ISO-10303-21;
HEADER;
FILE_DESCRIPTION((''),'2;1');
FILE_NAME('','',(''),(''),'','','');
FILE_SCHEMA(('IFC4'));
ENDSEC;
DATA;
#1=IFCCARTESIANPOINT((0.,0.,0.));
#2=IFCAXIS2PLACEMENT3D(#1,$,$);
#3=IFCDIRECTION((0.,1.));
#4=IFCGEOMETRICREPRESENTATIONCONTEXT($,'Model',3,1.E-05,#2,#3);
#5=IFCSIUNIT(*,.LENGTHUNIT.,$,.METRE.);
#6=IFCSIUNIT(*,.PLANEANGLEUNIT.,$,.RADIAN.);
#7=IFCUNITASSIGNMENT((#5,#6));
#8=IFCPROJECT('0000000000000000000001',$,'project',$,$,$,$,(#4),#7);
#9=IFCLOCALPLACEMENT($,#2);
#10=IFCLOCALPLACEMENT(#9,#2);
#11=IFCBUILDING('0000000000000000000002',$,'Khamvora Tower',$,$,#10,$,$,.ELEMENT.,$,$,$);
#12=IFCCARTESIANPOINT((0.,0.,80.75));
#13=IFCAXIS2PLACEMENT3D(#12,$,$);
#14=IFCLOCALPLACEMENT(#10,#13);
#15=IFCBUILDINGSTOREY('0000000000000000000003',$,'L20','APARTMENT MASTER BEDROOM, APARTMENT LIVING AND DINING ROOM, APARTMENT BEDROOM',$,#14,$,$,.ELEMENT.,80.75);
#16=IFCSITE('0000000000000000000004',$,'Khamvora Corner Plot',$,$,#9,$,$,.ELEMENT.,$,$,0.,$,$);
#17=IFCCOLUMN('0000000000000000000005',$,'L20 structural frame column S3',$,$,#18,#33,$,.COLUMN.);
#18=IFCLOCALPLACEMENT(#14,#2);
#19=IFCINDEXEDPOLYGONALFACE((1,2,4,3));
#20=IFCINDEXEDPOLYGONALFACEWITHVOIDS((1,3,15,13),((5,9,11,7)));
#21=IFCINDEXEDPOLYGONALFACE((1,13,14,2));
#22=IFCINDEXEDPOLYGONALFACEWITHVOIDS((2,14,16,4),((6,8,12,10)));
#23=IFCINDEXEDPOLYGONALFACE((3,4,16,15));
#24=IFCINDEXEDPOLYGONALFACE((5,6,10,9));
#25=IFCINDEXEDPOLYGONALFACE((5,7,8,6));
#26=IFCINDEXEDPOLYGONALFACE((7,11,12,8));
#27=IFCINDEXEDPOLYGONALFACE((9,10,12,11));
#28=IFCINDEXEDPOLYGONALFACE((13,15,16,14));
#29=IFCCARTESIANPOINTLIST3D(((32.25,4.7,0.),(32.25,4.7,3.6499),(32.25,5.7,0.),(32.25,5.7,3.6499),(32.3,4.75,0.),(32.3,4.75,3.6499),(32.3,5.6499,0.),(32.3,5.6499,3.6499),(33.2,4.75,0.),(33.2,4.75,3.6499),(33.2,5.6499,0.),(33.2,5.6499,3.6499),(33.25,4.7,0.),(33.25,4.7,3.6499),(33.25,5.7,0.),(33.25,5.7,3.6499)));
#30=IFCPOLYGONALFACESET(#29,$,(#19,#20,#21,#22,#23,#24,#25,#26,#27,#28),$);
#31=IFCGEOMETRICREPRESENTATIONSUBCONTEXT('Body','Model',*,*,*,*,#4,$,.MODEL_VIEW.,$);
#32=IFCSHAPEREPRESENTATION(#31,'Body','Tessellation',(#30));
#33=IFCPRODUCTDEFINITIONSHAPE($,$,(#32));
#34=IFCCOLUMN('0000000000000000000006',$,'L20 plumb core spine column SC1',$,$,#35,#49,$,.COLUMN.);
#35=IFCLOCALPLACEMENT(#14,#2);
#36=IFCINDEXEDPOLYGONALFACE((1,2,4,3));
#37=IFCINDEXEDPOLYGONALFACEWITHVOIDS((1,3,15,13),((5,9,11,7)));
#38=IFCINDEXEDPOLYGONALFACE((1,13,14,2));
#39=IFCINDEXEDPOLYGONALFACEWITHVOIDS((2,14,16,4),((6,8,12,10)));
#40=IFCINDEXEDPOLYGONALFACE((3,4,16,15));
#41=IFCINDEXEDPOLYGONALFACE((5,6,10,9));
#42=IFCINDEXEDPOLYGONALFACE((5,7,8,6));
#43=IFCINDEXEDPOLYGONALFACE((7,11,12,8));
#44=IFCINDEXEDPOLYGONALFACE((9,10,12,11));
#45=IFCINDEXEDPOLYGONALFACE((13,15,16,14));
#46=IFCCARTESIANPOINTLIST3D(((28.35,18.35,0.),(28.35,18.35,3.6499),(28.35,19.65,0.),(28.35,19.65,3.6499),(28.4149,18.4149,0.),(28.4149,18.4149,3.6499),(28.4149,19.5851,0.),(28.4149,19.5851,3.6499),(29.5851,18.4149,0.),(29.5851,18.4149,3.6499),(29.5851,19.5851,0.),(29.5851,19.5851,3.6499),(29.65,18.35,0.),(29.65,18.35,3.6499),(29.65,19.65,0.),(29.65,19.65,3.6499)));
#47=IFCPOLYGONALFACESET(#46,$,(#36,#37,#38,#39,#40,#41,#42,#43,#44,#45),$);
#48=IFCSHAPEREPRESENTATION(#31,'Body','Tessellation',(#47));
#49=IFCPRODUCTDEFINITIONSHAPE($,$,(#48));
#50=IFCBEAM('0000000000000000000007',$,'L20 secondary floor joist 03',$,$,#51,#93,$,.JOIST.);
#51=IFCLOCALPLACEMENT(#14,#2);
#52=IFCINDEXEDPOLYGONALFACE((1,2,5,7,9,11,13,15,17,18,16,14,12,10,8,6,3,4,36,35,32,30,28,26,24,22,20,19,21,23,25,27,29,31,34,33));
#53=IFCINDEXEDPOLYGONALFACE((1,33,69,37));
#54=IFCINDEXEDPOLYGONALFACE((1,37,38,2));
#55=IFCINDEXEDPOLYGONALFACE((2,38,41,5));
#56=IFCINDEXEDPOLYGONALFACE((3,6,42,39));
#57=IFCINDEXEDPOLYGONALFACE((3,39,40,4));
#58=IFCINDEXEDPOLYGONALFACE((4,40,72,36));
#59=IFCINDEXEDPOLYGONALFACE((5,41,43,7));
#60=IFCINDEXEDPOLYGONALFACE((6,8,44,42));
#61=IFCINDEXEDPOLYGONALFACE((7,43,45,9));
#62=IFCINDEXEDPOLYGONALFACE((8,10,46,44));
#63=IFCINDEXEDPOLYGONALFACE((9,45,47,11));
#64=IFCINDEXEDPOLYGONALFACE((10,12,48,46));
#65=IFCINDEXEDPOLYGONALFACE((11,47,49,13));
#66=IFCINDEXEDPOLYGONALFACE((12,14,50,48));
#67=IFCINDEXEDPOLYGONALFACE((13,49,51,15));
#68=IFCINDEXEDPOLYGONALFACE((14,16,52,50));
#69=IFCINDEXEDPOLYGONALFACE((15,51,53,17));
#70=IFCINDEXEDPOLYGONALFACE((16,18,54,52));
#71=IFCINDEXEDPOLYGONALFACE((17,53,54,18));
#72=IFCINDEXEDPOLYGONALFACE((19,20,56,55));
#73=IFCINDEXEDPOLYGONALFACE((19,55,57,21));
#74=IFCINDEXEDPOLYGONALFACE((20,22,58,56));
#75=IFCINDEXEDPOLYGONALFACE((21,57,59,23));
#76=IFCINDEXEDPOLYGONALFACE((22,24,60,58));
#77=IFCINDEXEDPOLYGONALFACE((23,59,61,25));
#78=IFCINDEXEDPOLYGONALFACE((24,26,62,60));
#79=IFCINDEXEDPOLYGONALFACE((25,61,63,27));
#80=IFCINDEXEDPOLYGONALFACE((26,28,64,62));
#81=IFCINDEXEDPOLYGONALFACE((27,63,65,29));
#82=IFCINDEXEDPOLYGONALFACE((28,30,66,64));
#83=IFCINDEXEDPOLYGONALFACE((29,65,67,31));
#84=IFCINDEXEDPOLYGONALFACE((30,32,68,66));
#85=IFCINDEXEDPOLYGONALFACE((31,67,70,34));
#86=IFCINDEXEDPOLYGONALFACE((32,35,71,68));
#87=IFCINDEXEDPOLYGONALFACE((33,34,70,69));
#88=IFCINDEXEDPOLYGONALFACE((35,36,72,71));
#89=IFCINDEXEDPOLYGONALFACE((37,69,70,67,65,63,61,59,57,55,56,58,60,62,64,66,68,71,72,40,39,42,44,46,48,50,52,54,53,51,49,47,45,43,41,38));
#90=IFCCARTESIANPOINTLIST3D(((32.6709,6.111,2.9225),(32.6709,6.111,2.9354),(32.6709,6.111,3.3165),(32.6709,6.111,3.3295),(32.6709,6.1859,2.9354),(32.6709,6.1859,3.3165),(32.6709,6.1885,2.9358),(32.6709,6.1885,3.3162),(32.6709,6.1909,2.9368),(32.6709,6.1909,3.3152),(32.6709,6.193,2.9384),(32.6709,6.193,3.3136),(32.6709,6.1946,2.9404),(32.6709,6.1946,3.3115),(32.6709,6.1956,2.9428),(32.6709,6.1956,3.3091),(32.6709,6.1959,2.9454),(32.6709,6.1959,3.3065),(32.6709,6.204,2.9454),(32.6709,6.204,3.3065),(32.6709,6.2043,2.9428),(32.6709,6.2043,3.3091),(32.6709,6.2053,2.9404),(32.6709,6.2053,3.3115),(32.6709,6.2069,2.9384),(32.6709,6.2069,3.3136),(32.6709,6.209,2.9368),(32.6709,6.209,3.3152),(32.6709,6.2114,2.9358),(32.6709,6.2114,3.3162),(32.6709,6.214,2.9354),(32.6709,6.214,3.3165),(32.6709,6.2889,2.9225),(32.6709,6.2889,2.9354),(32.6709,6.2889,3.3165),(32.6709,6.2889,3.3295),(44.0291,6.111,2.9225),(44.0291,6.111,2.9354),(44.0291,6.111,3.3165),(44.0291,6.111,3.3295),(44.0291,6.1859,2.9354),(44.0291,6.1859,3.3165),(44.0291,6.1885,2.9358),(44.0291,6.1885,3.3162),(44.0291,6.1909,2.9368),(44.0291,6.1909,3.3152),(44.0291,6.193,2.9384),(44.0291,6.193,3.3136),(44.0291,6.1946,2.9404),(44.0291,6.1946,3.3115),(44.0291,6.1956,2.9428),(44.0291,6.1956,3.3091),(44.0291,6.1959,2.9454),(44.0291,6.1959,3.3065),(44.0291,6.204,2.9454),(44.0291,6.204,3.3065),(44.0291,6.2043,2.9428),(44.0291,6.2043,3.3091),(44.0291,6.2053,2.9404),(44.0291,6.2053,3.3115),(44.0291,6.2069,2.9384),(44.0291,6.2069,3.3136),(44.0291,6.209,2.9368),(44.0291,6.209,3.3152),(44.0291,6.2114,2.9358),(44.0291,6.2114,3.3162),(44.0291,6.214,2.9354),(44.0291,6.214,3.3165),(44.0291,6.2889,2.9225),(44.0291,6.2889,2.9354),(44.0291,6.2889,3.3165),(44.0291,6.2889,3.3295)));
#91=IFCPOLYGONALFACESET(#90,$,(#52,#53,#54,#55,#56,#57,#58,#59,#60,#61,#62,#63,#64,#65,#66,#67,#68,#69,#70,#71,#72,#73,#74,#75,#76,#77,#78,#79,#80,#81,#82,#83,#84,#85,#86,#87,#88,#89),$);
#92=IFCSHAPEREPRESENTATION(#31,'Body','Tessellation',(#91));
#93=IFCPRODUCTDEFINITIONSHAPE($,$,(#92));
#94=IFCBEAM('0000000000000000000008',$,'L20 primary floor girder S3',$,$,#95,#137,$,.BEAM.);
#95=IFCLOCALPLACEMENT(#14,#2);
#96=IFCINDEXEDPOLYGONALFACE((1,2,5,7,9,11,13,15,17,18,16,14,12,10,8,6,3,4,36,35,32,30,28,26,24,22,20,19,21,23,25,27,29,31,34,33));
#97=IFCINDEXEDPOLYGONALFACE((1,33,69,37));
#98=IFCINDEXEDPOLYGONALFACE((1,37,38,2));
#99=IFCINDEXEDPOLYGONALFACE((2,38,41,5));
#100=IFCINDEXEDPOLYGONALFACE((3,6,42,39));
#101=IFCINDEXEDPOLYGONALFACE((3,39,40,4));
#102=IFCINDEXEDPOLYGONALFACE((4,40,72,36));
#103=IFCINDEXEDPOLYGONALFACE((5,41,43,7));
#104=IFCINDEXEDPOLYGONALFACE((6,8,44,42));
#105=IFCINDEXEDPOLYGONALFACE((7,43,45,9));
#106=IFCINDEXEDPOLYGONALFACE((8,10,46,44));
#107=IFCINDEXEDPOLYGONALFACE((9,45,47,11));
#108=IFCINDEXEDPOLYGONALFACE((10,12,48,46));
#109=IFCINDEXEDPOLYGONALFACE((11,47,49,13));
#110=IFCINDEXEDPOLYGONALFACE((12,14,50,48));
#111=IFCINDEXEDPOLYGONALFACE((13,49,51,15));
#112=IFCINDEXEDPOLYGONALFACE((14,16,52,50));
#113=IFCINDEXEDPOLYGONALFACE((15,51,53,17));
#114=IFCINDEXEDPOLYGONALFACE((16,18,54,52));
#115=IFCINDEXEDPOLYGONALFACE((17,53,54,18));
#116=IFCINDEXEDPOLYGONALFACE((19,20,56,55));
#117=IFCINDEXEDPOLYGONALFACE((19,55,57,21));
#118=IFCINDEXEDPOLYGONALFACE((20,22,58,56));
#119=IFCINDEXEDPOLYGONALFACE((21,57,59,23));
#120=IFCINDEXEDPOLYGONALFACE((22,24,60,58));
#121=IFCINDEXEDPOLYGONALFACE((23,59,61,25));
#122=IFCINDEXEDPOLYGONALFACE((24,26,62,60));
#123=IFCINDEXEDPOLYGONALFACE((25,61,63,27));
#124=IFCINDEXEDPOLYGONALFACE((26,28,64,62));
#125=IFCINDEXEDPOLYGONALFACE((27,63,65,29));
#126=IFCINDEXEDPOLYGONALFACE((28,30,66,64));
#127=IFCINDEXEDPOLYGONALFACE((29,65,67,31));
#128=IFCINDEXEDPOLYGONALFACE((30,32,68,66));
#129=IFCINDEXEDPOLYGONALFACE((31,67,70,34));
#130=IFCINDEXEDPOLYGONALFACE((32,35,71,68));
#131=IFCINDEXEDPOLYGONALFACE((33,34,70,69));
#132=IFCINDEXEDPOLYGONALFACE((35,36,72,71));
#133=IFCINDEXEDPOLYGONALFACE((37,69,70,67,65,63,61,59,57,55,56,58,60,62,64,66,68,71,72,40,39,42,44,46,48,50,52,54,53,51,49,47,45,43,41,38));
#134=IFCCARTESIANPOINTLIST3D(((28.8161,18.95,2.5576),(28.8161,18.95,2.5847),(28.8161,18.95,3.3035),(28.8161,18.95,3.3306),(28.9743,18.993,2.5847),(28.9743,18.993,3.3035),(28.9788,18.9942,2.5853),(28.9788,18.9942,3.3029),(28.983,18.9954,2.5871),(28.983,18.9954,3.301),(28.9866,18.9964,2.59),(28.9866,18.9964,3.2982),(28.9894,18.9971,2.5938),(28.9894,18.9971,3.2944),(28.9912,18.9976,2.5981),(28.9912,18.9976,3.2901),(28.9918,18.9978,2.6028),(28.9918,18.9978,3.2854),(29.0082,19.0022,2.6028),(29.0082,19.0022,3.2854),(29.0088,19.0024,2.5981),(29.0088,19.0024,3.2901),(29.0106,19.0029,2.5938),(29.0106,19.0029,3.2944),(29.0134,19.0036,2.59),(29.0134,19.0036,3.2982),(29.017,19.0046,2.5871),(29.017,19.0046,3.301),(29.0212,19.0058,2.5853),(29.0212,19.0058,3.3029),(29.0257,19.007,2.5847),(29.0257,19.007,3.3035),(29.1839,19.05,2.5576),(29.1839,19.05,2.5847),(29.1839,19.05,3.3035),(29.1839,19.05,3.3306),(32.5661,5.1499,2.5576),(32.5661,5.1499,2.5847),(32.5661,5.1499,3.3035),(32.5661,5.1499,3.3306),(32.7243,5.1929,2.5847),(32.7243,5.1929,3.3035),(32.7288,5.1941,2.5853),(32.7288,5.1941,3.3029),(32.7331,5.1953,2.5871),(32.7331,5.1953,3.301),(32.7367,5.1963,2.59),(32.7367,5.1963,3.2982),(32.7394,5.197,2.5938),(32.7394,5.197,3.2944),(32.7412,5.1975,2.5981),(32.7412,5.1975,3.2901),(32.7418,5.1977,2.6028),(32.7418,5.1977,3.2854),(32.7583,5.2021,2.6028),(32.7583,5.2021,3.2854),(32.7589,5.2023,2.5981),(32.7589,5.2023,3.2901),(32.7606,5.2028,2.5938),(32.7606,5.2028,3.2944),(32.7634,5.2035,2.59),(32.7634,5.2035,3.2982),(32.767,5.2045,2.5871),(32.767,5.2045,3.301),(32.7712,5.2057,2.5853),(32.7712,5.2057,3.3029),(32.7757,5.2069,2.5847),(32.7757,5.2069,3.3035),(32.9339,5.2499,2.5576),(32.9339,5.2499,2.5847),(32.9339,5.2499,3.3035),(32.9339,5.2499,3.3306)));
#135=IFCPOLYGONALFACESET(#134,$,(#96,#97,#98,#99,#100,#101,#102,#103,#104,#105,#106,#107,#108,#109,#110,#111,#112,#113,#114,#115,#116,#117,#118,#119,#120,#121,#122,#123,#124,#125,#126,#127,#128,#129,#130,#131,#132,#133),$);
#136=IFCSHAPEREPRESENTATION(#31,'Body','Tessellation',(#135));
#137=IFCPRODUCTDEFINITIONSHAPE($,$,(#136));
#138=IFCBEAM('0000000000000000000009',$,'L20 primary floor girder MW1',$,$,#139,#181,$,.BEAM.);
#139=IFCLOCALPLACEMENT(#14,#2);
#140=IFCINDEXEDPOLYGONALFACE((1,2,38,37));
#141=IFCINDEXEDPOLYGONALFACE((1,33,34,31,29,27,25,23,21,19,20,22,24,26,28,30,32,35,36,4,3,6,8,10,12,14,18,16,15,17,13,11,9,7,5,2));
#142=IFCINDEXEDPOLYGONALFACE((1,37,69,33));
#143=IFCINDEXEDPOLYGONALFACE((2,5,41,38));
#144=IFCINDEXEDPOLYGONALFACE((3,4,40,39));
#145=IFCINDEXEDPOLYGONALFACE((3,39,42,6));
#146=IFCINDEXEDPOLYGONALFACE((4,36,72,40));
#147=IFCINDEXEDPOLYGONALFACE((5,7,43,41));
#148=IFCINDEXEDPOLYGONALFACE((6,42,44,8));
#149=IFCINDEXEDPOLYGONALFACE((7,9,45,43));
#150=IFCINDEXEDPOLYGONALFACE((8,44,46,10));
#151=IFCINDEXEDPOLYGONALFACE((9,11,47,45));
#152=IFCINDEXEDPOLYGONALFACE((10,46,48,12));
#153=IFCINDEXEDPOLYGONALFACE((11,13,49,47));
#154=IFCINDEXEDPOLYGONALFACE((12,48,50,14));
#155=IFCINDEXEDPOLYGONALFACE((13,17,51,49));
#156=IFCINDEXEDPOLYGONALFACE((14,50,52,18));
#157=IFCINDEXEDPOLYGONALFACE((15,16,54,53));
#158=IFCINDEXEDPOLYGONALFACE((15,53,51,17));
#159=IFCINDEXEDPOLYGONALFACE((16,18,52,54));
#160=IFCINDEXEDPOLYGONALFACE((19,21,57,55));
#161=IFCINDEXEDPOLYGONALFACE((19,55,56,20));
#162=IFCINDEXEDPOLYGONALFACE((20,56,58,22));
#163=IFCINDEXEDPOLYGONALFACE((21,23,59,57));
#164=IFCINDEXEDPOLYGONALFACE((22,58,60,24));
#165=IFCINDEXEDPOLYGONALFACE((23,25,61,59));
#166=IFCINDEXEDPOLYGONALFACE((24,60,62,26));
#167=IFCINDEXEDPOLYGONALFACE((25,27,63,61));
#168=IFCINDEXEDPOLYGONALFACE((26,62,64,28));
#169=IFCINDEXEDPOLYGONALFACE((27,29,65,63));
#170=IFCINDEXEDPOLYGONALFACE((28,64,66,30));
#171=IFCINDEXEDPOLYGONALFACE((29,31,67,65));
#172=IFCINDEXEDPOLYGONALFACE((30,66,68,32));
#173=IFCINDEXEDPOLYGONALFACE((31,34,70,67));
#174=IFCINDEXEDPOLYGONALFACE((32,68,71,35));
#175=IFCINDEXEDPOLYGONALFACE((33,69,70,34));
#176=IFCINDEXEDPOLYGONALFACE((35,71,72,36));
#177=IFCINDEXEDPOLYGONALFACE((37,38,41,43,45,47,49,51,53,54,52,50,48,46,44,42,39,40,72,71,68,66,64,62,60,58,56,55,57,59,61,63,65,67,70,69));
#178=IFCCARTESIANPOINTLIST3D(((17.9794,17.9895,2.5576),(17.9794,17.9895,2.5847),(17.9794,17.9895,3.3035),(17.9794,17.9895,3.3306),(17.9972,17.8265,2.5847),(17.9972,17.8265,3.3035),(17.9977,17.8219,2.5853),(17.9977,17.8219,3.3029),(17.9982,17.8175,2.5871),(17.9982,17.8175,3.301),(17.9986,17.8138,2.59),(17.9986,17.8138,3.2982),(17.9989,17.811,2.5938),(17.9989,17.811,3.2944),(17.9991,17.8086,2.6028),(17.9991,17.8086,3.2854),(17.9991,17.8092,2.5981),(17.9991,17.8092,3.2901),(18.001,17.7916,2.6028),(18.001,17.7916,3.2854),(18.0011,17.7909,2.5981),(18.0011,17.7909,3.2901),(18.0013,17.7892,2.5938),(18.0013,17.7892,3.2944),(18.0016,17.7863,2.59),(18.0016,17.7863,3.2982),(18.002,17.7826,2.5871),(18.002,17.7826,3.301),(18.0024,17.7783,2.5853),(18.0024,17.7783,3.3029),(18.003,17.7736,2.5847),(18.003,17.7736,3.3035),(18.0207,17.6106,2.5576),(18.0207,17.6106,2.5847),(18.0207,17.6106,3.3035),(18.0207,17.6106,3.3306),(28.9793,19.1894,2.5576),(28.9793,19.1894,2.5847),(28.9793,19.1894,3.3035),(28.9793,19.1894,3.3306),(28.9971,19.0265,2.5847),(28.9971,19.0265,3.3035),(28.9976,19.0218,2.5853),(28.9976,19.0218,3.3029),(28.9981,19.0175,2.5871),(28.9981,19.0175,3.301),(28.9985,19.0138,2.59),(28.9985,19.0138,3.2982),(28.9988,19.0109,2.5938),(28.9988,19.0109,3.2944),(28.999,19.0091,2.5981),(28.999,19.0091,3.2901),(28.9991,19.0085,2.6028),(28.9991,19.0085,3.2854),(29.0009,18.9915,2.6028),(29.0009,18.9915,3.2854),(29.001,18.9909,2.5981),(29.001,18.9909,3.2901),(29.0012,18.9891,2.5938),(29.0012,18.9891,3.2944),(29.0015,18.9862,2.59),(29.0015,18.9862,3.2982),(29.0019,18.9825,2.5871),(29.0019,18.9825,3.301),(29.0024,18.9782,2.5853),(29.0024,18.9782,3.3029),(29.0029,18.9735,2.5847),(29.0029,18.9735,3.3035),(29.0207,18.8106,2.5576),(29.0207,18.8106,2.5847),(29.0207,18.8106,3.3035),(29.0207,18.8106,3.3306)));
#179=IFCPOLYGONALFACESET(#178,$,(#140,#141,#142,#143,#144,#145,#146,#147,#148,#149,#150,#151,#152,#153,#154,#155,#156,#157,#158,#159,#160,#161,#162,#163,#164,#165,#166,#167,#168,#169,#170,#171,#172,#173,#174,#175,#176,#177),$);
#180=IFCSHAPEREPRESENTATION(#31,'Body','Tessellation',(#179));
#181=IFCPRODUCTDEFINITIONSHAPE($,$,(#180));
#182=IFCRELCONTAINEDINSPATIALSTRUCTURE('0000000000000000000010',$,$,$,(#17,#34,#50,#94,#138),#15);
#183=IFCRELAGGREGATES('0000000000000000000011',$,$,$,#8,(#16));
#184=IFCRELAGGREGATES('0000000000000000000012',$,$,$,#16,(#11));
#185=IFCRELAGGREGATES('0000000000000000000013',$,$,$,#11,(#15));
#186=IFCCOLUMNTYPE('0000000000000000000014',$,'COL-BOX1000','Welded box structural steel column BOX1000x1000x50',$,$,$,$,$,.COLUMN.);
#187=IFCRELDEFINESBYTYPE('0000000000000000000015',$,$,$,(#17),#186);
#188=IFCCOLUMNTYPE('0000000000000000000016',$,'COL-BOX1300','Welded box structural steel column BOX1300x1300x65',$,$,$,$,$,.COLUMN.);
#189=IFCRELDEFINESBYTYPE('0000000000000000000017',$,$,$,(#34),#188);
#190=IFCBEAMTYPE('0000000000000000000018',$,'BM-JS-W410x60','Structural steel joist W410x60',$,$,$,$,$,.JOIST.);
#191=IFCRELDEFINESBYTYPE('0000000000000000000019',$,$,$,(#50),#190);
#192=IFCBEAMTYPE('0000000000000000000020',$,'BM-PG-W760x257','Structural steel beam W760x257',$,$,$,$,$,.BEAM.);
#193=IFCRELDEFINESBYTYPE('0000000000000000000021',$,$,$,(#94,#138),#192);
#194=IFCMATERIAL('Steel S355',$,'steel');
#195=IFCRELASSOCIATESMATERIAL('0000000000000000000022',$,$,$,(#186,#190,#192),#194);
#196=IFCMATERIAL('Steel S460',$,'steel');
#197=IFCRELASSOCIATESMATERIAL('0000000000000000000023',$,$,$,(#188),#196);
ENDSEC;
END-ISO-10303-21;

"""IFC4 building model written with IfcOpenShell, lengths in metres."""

from ifc_helpers import new_model, si_unit, direction, frame, origin, origin_2d, place, context, subcontext, project, spatial, hollow_rectangle, i_section, extrude, material, material_profile, profile_set, type_object, element, save


model = new_model("IFC4")

# Units and contexts
model_context = context("Model", 3, precision=1e-05, world=origin(), true_north=direction((0.0, 1.0)))
body_context = subcontext(model_context, "Body", "Model", "MODEL_VIEW")
ifc_project = project(units=[si_unit("LENGTHUNIT", "METRE"), si_unit("PLANEANGLEUNIT", "RADIAN")], contexts=[model_context])

# Site, building, storey
site_placement = place(None, origin())
site = spatial("IfcSite", under=ifc_project, at=site_placement, Name="Khamvora Corner Plot", CompositionType="ELEMENT", RefElevation=0.0)
building_placement = place(site_placement, origin())
building = spatial("IfcBuilding", under=site, at=building_placement, Name="Khamvora Tower", CompositionType="ELEMENT")
storey_placement = place(building_placement, frame((0.0, 0.0, 80.75)))
storey = spatial("IfcBuildingStorey", under=building, at=storey_placement, Name="L20", Description="APARTMENT MASTER BEDROOM, APARTMENT LIVING AND DINING ROOM, APARTMENT BEDROOM", CompositionType="ELEMENT", Elevation=80.75)

# Columns
ifc_material_1 = material(Name="Steel S355", Category="steel")
ifc_material_profile_1 = material_profile(ifc_material_1, hollow_rectangle(XDim=1.0, YDim=1.0, WallThickness=0.05, at=origin_2d()), Name="BOX1000x1000x50")
ifc_profile_set_1 = profile_set([ifc_material_profile_1], Name="Steel S355")
column_type_1 = type_object("IfcColumnType", Name="COL-BOX1000", Description="Welded box structural steel column BOX1000x1000x50", PredefinedType="COLUMN", material=ifc_profile_set_1)
column_1_placement = place(storey_placement, frame((32.75, 5.2, 0.0), z_axis=(0.0, 0.0, 1.0), x_axis=(1.0, 0.0, 0.0)))
element("IfcColumn", 1, at=column_1_placement, inside=storey, type_object=column_type_1, Name="L20 structural frame column S3", PredefinedType="COLUMN", context=body_context, shape_type="SweptSolid", body=[
    extrude(hollow_rectangle(XDim=1.0, YDim=1.0, WallThickness=0.05, at=origin_2d()), origin(), (0.0, 0.0, 1.0), 3.6499),
])
ifc_material_2 = material(Name="Steel S460", Category="steel")
ifc_material_profile_2 = material_profile(ifc_material_2, hollow_rectangle(XDim=1.3, YDim=1.3, WallThickness=0.0649, at=origin_2d()), Name="BOX1300x1300x65")
ifc_profile_set_2 = profile_set([ifc_material_profile_2], Name="Steel S460")
column_type_2 = type_object("IfcColumnType", Name="COL-BOX1300", Description="Welded box structural steel column BOX1300x1300x65", PredefinedType="COLUMN", material=ifc_profile_set_2)
column_2_placement = place(storey_placement, frame((29.0, 19.0, 0.0), z_axis=(0.0, 0.0, 1.0), x_axis=(1.0, 0.0, 0.0)))
element("IfcColumn", 2, at=column_2_placement, inside=storey, type_object=column_type_2, Name="L20 plumb core spine column SC1", PredefinedType="COLUMN", context=body_context, shape_type="SweptSolid", body=[
    extrude(hollow_rectangle(XDim=1.3, YDim=1.3, WallThickness=0.0649, at=origin_2d()), origin(), (0.0, 0.0, 1.0), 3.6499),
])

# Beams
ifc_material_profile_3 = material_profile(ifc_material_1, i_section(OverallWidth=0.178, OverallDepth=0.407, WebThickness=0.0081, FlangeThickness=0.0129, FilletRadius=0.01, at=origin_2d()), Name="W410x60")
ifc_profile_set_3 = profile_set([ifc_material_profile_3], Name="Steel S355")
beam_type_1 = type_object("IfcBeamType", Name="BM-JS-W410x60", Description="Structural steel joist W410x60", PredefinedType="JOIST", material=ifc_profile_set_3)
beam_1_placement = place(storey_placement, frame((32.6709, 6.2, 3.126), z_axis=(1.0, 0.0, 0.0), x_axis=(0.0, 1.0, 0.0)))
element("IfcBeam", 3, at=beam_1_placement, inside=storey, type_object=beam_type_1, Name="L20 secondary floor joist 03", PredefinedType="JOIST", context=body_context, shape_type="SweptSolid", body=[
    extrude(i_section(OverallWidth=0.178, OverallDepth=0.407, WebThickness=0.0081, FlangeThickness=0.0129, FilletRadius=0.01, at=origin_2d()), origin(), (0.0, 0.0, 1.0), 11.3582),
])
ifc_material_profile_4 = material_profile(ifc_material_1, i_section(OverallWidth=0.3811, OverallDepth=0.7729, WebThickness=0.0171, FlangeThickness=0.0271, FilletRadius=0.0181, at=origin_2d()), Name="W760x257")
ifc_profile_set_4 = profile_set([ifc_material_profile_4], Name="Steel S355")
beam_type_2 = type_object("IfcBeamType", Name="BM-PG-W760x257", Description="Structural steel beam W760x257", PredefinedType="BEAM", material=ifc_profile_set_4)
beam_2_placement = place(storey_placement, frame((29.0, 19.0, 2.9441), z_axis=(0.262229, -0.965006, 0.0), x_axis=(0.965006, 0.262229, 0.0)))
element("IfcBeam", 4, at=beam_2_placement, inside=storey, type_object=beam_type_2, Name="L20 primary floor girder S3", PredefinedType="BEAM", context=body_context, shape_type="SweptSolid", body=[
    extrude(i_section(OverallWidth=0.3811, OverallDepth=0.7729, WebThickness=0.0171, FlangeThickness=0.0271, FilletRadius=0.0181, at=origin_2d()), origin(), (0.0, 0.0, 1.0), 14.3005),
])
beam_3_placement = place(storey_placement, frame((29.0, 19.0, 2.9441), z_axis=(-0.994103, -0.108443, 0.0), x_axis=(0.108443, -0.994103, 0.0)))
element("IfcBeam", 5, at=beam_3_placement, inside=storey, type_object=beam_type_2, Name="L20 primary floor girder MW1", PredefinedType="BEAM", context=body_context, shape_type="SweptSolid", body=[
    extrude(i_section(OverallWidth=0.3811, OverallDepth=0.7729, WebThickness=0.0171, FlangeThickness=0.0271, FilletRadius=0.0181, at=origin_2d()), origin(), (0.0, 0.0, 1.0), 11.0652),
])

save(model, "model.ifc")
